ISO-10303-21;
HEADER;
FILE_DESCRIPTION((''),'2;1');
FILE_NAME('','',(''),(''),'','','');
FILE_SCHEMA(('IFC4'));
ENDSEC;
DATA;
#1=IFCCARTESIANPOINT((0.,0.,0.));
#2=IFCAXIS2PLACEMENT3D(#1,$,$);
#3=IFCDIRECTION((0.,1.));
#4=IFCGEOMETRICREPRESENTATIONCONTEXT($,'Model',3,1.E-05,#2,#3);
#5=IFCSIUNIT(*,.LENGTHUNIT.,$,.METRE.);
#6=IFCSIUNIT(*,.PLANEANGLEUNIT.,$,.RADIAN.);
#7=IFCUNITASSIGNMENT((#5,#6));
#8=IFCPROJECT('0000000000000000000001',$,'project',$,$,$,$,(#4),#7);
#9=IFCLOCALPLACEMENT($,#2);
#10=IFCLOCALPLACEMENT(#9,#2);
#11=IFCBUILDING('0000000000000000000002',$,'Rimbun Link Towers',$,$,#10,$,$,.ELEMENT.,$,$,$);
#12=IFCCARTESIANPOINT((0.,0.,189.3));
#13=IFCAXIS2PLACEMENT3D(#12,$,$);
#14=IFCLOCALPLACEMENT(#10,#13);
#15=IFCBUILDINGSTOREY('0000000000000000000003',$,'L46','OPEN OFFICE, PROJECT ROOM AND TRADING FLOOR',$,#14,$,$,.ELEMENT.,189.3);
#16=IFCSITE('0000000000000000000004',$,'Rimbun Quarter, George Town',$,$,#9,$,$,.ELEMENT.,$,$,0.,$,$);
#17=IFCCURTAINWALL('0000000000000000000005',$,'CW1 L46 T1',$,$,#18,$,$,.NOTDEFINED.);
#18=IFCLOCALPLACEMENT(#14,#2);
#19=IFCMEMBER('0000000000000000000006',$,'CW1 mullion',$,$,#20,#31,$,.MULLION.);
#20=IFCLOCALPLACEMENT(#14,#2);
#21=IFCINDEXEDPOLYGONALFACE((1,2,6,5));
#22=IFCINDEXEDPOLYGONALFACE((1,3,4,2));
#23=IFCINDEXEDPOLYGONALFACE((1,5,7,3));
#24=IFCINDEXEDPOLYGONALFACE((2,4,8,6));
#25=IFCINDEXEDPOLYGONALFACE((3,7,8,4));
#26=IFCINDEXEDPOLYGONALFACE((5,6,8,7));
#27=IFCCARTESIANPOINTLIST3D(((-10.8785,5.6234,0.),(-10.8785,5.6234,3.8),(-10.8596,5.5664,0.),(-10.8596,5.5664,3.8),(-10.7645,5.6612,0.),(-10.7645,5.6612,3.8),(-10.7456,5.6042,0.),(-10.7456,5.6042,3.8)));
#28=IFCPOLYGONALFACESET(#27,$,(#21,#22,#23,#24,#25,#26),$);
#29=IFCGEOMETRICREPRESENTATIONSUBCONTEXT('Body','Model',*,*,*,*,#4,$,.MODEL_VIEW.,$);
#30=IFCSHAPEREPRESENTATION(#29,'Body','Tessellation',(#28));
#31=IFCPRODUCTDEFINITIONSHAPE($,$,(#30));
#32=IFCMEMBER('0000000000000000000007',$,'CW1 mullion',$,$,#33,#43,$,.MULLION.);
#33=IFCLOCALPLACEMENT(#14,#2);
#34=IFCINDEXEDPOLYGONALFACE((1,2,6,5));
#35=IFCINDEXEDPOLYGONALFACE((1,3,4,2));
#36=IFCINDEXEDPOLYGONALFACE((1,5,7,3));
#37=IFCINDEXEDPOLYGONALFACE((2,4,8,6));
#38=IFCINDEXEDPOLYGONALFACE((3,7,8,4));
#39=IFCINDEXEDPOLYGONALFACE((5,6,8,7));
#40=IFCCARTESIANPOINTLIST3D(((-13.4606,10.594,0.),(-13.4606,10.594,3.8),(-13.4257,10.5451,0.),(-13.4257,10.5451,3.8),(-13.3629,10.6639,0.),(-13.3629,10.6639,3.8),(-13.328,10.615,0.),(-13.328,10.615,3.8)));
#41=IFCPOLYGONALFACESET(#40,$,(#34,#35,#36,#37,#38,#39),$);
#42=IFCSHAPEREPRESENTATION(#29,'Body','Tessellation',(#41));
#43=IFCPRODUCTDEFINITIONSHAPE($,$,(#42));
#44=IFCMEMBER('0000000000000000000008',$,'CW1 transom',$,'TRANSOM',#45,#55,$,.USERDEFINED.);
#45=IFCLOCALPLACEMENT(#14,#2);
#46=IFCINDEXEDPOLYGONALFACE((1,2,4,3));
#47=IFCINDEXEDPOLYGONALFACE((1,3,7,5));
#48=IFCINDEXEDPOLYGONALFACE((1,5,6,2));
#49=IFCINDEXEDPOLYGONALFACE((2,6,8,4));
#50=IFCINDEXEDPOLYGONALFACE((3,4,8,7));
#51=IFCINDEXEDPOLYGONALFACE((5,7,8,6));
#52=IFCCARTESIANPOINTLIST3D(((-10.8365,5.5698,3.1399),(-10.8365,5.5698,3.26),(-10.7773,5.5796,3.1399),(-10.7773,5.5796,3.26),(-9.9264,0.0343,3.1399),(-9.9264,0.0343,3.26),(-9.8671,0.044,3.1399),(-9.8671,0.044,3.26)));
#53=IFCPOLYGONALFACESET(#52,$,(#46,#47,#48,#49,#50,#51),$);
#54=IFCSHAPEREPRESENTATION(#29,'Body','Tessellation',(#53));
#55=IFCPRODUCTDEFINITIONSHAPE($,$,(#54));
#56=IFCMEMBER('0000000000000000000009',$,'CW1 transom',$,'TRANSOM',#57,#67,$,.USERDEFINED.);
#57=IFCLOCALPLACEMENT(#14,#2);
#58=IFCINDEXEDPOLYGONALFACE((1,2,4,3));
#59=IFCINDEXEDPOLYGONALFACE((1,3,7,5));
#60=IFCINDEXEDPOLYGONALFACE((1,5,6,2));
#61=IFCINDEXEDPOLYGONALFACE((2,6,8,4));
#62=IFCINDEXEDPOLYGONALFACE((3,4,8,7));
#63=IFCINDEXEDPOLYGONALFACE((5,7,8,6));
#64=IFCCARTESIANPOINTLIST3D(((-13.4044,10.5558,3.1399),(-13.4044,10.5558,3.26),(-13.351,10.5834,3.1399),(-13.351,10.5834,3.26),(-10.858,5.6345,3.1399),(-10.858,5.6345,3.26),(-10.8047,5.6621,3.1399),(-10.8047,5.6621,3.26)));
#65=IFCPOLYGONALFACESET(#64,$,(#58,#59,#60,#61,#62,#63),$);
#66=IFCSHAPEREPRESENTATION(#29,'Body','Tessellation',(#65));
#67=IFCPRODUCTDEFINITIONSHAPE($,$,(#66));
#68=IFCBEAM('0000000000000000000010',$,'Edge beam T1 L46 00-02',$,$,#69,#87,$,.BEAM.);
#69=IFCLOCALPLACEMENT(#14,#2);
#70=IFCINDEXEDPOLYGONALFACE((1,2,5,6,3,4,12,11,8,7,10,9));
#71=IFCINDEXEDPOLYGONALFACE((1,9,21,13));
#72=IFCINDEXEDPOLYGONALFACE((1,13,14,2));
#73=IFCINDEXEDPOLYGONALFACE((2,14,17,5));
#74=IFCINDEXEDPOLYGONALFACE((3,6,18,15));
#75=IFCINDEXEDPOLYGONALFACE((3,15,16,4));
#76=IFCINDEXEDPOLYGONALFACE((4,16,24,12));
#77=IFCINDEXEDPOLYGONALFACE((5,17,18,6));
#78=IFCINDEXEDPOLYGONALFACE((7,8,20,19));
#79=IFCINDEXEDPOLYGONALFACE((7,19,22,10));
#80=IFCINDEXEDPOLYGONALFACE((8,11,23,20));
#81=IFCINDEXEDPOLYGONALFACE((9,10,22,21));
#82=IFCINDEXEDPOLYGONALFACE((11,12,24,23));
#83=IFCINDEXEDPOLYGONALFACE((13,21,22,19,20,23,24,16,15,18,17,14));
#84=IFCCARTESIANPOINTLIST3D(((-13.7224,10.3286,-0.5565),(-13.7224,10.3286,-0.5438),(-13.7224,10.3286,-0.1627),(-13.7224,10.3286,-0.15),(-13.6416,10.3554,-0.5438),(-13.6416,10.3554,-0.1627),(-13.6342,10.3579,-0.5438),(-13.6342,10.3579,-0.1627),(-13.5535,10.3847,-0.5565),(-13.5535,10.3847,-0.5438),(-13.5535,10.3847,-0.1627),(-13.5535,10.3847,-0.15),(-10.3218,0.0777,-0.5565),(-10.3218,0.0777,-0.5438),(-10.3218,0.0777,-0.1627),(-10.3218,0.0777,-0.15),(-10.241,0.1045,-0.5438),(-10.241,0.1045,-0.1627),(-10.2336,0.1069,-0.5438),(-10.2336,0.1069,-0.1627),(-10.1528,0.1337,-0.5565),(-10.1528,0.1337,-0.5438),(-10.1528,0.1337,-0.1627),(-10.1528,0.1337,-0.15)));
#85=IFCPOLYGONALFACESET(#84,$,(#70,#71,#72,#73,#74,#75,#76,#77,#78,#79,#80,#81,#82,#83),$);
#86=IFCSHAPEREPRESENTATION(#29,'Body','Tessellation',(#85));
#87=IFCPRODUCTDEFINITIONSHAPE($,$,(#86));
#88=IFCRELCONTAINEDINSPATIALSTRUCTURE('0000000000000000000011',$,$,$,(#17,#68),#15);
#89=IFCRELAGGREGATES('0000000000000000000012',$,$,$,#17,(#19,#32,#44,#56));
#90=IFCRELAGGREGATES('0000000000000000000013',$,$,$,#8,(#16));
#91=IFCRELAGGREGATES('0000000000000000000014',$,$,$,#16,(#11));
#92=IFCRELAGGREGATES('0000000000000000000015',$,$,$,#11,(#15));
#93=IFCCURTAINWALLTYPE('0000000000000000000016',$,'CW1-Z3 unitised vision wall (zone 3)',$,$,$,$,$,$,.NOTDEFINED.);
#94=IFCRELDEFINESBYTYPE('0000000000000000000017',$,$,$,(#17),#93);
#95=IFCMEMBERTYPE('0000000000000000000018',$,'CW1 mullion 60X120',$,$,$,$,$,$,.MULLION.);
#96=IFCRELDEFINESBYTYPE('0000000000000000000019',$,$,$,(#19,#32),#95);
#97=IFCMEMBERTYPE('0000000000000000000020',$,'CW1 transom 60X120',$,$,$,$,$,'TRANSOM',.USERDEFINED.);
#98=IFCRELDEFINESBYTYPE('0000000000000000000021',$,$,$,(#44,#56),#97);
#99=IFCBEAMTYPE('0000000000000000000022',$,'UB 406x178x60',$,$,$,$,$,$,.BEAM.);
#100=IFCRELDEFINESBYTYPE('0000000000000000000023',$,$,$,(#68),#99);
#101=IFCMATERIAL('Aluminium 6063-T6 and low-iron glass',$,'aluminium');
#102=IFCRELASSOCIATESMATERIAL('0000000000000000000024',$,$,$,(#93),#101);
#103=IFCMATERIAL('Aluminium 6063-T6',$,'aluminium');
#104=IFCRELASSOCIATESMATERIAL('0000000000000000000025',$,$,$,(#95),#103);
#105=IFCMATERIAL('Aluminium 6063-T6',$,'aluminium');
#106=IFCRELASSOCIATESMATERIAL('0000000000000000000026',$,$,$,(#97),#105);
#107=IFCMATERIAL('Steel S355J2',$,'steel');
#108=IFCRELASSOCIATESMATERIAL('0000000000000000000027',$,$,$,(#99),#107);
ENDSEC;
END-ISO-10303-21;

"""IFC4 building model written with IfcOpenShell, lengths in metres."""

from ifc_helpers import new_model, si_unit, direction, frame, origin, origin_2d, place, context, subcontext, project, spatial, rectangle, i_section, extrude, material, material_profile, profile_set, type_object, element, aggregate, save


model = new_model("IFC4")

# Units and contexts
model_context = context("Model", 3, precision=1e-05, world=origin(), true_north=direction((0.0, 1.0)))
body_context = subcontext(model_context, "Body", "Model", "MODEL_VIEW")
ifc_project = project(units=[si_unit("LENGTHUNIT", "METRE"), si_unit("PLANEANGLEUNIT", "RADIAN")], contexts=[model_context])

# Site, building, storey
site_placement = place(None, origin())
site = spatial("IfcSite", under=ifc_project, at=site_placement, Name="Rimbun Quarter, George Town", CompositionType="ELEMENT", RefElevation=0.0)
building_placement = place(site_placement, origin())
building = spatial("IfcBuilding", under=site, at=building_placement, Name="Rimbun Link Towers", CompositionType="ELEMENT")
storey_placement = place(building_placement, frame((0.0, 0.0, 189.3)))
storey = spatial("IfcBuildingStorey", under=building, at=storey_placement, Name="L46", Description="OPEN OFFICE, PROJECT ROOM AND TRADING FLOOR", CompositionType="ELEMENT", Elevation=189.3)

# Curtain wall, members
ifc_material_1 = material(Name="Aluminium 6063-T6 and low-iron glass", Category="aluminium")
curtain_wall_type = type_object("IfcCurtainWallType", Name="CW1-Z3 unitised vision wall (zone 3)", PredefinedType="NOTDEFINED", material=ifc_material_1)
curtain_wall_placement = place(storey_placement, origin())
curtain_wall = element("IfcCurtainWall", 1, at=curtain_wall_placement, inside=storey, type_object=curtain_wall_type, Name="CW1 L46 T1", PredefinedType="NOTDEFINED")
ifc_material_2 = material(Name="Aluminium 6063-T6", Category="aluminium")
ifc_material_profile_1 = material_profile(ifc_material_2, rectangle(XDim=0.1201, YDim=0.0601, at=origin_2d()), Name="MULLION 60X120")
ifc_profile_set_1 = profile_set([ifc_material_profile_1], Name="Aluminium 6063-T6")
member_type_1 = type_object("IfcMemberType", Name="CW1 mullion 60X120", PredefinedType="MULLION", material=ifc_profile_set_1)
member_1_placement = place(storey_placement, frame((-10.812, 5.6138, 0.0), z_axis=(0.0, 0.0, 1.0), x_axis=(0.949162, 0.314788, 0.0)))
member_1 = element("IfcMember", 2, at=member_1_placement, type_object=member_type_1, Name="CW1 mullion", PredefinedType="MULLION", context=body_context, shape_type="SweptSolid", body=[
    extrude(rectangle(XDim=0.1201, YDim=0.0601, at=origin_2d()), origin(), (0.0, 0.0, 1.0), 3.8),
])
member_2_placement = place(storey_placement, frame((-13.3943, 10.6045, 0.0), z_axis=(0.0, 0.0, 1.0), x_axis=(0.813347, 0.581779, 0.0)))
member_2 = element("IfcMember", 3, at=member_2_placement, type_object=member_type_1, Name="CW1 mullion", PredefinedType="MULLION", context=body_context, shape_type="SweptSolid", body=[
    extrude(rectangle(XDim=0.1201, YDim=0.0601, at=origin_2d()), origin(), (0.0, 0.0, 1.0), 3.8),
])
ifc_material_3 = material(Name="Aluminium 6063-T6", Category="aluminium")
ifc_material_profile_2 = material_profile(ifc_material_3, rectangle(XDim=0.0601, YDim=0.1201, at=origin_2d()), Name="TRANSOM 60X120")
ifc_profile_set_2 = profile_set([ifc_material_profile_2], Name="Aluminium 6063-T6")
member_type_2 = type_object("IfcMemberType", Name="CW1 transom 60X120", ElementType="TRANSOM", PredefinedType="USERDEFINED", material=ifc_profile_set_2)
member_3_placement = place(storey_placement, frame((-10.8069, 5.5747, 3.2), z_axis=(0.162239, -0.986751, 0.0), x_axis=(0.986751, 0.162239, 0.0)))
member_3 = element("IfcMember", 4, at=member_3_placement, type_object=member_type_2, Name="CW1 transom", ObjectType="TRANSOM", PredefinedType="USERDEFINED", context=body_context, shape_type="SweptSolid", body=[
    extrude(rectangle(XDim=0.0601, YDim=0.1201, at=origin_2d()), origin(), (0.0, 0.0, 1.0), 5.6099),
])
member_4_placement = place(storey_placement, frame((-13.3777, 10.5696, 3.2), z_axis=(0.459543, -0.888156, 0.0), x_axis=(0.888156, 0.459543, 0.0)))
member_4 = element("IfcMember", 5, at=member_4_placement, type_object=member_type_2, Name="CW1 transom", ObjectType="TRANSOM", PredefinedType="USERDEFINED", context=body_context, shape_type="SweptSolid", body=[
    extrude(rectangle(XDim=0.0601, YDim=0.1201, at=origin_2d()), origin(), (0.0, 0.0, 1.0), 5.541),
])

# Beam
ifc_material_4 = material(Name="Steel S355J2", Category="steel")
ifc_material_profile_3 = material_profile(ifc_material_4, i_section(OverallWidth=0.178, OverallDepth=0.4065, WebThickness=0.0078, FlangeThickness=0.0127, at=origin_2d()), Name="UB 406x178x60")
ifc_profile_set_3 = profile_set([ifc_material_profile_3], Name="Steel S355J2")
beam_type = type_object("IfcBeamType", Name="UB 406x178x60", PredefinedType="BEAM", material=ifc_profile_set_3)
beam_placement = place(storey_placement, frame((-10.2373, 0.1057, -0.3533), z_axis=(-0.314864, 0.949137, 0.0), x_axis=(-0.949137, -0.314864, 0.0)))
element("IfcBeam", 6, at=beam_placement, inside=storey, type_object=beam_type, Name="Edge beam T1 L46 00-02", PredefinedType="BEAM", context=body_context, shape_type="SweptSolid", body=[
    extrude(i_section(OverallWidth=0.178, OverallDepth=0.4065, WebThickness=0.0078, FlangeThickness=0.0127, at=origin_2d()), origin(), (0.0, 0.0, 1.0), 10.8003),
])

aggregate(curtain_wall, [member_1, member_2, member_3, member_4])

save(model, "model.ifc")
